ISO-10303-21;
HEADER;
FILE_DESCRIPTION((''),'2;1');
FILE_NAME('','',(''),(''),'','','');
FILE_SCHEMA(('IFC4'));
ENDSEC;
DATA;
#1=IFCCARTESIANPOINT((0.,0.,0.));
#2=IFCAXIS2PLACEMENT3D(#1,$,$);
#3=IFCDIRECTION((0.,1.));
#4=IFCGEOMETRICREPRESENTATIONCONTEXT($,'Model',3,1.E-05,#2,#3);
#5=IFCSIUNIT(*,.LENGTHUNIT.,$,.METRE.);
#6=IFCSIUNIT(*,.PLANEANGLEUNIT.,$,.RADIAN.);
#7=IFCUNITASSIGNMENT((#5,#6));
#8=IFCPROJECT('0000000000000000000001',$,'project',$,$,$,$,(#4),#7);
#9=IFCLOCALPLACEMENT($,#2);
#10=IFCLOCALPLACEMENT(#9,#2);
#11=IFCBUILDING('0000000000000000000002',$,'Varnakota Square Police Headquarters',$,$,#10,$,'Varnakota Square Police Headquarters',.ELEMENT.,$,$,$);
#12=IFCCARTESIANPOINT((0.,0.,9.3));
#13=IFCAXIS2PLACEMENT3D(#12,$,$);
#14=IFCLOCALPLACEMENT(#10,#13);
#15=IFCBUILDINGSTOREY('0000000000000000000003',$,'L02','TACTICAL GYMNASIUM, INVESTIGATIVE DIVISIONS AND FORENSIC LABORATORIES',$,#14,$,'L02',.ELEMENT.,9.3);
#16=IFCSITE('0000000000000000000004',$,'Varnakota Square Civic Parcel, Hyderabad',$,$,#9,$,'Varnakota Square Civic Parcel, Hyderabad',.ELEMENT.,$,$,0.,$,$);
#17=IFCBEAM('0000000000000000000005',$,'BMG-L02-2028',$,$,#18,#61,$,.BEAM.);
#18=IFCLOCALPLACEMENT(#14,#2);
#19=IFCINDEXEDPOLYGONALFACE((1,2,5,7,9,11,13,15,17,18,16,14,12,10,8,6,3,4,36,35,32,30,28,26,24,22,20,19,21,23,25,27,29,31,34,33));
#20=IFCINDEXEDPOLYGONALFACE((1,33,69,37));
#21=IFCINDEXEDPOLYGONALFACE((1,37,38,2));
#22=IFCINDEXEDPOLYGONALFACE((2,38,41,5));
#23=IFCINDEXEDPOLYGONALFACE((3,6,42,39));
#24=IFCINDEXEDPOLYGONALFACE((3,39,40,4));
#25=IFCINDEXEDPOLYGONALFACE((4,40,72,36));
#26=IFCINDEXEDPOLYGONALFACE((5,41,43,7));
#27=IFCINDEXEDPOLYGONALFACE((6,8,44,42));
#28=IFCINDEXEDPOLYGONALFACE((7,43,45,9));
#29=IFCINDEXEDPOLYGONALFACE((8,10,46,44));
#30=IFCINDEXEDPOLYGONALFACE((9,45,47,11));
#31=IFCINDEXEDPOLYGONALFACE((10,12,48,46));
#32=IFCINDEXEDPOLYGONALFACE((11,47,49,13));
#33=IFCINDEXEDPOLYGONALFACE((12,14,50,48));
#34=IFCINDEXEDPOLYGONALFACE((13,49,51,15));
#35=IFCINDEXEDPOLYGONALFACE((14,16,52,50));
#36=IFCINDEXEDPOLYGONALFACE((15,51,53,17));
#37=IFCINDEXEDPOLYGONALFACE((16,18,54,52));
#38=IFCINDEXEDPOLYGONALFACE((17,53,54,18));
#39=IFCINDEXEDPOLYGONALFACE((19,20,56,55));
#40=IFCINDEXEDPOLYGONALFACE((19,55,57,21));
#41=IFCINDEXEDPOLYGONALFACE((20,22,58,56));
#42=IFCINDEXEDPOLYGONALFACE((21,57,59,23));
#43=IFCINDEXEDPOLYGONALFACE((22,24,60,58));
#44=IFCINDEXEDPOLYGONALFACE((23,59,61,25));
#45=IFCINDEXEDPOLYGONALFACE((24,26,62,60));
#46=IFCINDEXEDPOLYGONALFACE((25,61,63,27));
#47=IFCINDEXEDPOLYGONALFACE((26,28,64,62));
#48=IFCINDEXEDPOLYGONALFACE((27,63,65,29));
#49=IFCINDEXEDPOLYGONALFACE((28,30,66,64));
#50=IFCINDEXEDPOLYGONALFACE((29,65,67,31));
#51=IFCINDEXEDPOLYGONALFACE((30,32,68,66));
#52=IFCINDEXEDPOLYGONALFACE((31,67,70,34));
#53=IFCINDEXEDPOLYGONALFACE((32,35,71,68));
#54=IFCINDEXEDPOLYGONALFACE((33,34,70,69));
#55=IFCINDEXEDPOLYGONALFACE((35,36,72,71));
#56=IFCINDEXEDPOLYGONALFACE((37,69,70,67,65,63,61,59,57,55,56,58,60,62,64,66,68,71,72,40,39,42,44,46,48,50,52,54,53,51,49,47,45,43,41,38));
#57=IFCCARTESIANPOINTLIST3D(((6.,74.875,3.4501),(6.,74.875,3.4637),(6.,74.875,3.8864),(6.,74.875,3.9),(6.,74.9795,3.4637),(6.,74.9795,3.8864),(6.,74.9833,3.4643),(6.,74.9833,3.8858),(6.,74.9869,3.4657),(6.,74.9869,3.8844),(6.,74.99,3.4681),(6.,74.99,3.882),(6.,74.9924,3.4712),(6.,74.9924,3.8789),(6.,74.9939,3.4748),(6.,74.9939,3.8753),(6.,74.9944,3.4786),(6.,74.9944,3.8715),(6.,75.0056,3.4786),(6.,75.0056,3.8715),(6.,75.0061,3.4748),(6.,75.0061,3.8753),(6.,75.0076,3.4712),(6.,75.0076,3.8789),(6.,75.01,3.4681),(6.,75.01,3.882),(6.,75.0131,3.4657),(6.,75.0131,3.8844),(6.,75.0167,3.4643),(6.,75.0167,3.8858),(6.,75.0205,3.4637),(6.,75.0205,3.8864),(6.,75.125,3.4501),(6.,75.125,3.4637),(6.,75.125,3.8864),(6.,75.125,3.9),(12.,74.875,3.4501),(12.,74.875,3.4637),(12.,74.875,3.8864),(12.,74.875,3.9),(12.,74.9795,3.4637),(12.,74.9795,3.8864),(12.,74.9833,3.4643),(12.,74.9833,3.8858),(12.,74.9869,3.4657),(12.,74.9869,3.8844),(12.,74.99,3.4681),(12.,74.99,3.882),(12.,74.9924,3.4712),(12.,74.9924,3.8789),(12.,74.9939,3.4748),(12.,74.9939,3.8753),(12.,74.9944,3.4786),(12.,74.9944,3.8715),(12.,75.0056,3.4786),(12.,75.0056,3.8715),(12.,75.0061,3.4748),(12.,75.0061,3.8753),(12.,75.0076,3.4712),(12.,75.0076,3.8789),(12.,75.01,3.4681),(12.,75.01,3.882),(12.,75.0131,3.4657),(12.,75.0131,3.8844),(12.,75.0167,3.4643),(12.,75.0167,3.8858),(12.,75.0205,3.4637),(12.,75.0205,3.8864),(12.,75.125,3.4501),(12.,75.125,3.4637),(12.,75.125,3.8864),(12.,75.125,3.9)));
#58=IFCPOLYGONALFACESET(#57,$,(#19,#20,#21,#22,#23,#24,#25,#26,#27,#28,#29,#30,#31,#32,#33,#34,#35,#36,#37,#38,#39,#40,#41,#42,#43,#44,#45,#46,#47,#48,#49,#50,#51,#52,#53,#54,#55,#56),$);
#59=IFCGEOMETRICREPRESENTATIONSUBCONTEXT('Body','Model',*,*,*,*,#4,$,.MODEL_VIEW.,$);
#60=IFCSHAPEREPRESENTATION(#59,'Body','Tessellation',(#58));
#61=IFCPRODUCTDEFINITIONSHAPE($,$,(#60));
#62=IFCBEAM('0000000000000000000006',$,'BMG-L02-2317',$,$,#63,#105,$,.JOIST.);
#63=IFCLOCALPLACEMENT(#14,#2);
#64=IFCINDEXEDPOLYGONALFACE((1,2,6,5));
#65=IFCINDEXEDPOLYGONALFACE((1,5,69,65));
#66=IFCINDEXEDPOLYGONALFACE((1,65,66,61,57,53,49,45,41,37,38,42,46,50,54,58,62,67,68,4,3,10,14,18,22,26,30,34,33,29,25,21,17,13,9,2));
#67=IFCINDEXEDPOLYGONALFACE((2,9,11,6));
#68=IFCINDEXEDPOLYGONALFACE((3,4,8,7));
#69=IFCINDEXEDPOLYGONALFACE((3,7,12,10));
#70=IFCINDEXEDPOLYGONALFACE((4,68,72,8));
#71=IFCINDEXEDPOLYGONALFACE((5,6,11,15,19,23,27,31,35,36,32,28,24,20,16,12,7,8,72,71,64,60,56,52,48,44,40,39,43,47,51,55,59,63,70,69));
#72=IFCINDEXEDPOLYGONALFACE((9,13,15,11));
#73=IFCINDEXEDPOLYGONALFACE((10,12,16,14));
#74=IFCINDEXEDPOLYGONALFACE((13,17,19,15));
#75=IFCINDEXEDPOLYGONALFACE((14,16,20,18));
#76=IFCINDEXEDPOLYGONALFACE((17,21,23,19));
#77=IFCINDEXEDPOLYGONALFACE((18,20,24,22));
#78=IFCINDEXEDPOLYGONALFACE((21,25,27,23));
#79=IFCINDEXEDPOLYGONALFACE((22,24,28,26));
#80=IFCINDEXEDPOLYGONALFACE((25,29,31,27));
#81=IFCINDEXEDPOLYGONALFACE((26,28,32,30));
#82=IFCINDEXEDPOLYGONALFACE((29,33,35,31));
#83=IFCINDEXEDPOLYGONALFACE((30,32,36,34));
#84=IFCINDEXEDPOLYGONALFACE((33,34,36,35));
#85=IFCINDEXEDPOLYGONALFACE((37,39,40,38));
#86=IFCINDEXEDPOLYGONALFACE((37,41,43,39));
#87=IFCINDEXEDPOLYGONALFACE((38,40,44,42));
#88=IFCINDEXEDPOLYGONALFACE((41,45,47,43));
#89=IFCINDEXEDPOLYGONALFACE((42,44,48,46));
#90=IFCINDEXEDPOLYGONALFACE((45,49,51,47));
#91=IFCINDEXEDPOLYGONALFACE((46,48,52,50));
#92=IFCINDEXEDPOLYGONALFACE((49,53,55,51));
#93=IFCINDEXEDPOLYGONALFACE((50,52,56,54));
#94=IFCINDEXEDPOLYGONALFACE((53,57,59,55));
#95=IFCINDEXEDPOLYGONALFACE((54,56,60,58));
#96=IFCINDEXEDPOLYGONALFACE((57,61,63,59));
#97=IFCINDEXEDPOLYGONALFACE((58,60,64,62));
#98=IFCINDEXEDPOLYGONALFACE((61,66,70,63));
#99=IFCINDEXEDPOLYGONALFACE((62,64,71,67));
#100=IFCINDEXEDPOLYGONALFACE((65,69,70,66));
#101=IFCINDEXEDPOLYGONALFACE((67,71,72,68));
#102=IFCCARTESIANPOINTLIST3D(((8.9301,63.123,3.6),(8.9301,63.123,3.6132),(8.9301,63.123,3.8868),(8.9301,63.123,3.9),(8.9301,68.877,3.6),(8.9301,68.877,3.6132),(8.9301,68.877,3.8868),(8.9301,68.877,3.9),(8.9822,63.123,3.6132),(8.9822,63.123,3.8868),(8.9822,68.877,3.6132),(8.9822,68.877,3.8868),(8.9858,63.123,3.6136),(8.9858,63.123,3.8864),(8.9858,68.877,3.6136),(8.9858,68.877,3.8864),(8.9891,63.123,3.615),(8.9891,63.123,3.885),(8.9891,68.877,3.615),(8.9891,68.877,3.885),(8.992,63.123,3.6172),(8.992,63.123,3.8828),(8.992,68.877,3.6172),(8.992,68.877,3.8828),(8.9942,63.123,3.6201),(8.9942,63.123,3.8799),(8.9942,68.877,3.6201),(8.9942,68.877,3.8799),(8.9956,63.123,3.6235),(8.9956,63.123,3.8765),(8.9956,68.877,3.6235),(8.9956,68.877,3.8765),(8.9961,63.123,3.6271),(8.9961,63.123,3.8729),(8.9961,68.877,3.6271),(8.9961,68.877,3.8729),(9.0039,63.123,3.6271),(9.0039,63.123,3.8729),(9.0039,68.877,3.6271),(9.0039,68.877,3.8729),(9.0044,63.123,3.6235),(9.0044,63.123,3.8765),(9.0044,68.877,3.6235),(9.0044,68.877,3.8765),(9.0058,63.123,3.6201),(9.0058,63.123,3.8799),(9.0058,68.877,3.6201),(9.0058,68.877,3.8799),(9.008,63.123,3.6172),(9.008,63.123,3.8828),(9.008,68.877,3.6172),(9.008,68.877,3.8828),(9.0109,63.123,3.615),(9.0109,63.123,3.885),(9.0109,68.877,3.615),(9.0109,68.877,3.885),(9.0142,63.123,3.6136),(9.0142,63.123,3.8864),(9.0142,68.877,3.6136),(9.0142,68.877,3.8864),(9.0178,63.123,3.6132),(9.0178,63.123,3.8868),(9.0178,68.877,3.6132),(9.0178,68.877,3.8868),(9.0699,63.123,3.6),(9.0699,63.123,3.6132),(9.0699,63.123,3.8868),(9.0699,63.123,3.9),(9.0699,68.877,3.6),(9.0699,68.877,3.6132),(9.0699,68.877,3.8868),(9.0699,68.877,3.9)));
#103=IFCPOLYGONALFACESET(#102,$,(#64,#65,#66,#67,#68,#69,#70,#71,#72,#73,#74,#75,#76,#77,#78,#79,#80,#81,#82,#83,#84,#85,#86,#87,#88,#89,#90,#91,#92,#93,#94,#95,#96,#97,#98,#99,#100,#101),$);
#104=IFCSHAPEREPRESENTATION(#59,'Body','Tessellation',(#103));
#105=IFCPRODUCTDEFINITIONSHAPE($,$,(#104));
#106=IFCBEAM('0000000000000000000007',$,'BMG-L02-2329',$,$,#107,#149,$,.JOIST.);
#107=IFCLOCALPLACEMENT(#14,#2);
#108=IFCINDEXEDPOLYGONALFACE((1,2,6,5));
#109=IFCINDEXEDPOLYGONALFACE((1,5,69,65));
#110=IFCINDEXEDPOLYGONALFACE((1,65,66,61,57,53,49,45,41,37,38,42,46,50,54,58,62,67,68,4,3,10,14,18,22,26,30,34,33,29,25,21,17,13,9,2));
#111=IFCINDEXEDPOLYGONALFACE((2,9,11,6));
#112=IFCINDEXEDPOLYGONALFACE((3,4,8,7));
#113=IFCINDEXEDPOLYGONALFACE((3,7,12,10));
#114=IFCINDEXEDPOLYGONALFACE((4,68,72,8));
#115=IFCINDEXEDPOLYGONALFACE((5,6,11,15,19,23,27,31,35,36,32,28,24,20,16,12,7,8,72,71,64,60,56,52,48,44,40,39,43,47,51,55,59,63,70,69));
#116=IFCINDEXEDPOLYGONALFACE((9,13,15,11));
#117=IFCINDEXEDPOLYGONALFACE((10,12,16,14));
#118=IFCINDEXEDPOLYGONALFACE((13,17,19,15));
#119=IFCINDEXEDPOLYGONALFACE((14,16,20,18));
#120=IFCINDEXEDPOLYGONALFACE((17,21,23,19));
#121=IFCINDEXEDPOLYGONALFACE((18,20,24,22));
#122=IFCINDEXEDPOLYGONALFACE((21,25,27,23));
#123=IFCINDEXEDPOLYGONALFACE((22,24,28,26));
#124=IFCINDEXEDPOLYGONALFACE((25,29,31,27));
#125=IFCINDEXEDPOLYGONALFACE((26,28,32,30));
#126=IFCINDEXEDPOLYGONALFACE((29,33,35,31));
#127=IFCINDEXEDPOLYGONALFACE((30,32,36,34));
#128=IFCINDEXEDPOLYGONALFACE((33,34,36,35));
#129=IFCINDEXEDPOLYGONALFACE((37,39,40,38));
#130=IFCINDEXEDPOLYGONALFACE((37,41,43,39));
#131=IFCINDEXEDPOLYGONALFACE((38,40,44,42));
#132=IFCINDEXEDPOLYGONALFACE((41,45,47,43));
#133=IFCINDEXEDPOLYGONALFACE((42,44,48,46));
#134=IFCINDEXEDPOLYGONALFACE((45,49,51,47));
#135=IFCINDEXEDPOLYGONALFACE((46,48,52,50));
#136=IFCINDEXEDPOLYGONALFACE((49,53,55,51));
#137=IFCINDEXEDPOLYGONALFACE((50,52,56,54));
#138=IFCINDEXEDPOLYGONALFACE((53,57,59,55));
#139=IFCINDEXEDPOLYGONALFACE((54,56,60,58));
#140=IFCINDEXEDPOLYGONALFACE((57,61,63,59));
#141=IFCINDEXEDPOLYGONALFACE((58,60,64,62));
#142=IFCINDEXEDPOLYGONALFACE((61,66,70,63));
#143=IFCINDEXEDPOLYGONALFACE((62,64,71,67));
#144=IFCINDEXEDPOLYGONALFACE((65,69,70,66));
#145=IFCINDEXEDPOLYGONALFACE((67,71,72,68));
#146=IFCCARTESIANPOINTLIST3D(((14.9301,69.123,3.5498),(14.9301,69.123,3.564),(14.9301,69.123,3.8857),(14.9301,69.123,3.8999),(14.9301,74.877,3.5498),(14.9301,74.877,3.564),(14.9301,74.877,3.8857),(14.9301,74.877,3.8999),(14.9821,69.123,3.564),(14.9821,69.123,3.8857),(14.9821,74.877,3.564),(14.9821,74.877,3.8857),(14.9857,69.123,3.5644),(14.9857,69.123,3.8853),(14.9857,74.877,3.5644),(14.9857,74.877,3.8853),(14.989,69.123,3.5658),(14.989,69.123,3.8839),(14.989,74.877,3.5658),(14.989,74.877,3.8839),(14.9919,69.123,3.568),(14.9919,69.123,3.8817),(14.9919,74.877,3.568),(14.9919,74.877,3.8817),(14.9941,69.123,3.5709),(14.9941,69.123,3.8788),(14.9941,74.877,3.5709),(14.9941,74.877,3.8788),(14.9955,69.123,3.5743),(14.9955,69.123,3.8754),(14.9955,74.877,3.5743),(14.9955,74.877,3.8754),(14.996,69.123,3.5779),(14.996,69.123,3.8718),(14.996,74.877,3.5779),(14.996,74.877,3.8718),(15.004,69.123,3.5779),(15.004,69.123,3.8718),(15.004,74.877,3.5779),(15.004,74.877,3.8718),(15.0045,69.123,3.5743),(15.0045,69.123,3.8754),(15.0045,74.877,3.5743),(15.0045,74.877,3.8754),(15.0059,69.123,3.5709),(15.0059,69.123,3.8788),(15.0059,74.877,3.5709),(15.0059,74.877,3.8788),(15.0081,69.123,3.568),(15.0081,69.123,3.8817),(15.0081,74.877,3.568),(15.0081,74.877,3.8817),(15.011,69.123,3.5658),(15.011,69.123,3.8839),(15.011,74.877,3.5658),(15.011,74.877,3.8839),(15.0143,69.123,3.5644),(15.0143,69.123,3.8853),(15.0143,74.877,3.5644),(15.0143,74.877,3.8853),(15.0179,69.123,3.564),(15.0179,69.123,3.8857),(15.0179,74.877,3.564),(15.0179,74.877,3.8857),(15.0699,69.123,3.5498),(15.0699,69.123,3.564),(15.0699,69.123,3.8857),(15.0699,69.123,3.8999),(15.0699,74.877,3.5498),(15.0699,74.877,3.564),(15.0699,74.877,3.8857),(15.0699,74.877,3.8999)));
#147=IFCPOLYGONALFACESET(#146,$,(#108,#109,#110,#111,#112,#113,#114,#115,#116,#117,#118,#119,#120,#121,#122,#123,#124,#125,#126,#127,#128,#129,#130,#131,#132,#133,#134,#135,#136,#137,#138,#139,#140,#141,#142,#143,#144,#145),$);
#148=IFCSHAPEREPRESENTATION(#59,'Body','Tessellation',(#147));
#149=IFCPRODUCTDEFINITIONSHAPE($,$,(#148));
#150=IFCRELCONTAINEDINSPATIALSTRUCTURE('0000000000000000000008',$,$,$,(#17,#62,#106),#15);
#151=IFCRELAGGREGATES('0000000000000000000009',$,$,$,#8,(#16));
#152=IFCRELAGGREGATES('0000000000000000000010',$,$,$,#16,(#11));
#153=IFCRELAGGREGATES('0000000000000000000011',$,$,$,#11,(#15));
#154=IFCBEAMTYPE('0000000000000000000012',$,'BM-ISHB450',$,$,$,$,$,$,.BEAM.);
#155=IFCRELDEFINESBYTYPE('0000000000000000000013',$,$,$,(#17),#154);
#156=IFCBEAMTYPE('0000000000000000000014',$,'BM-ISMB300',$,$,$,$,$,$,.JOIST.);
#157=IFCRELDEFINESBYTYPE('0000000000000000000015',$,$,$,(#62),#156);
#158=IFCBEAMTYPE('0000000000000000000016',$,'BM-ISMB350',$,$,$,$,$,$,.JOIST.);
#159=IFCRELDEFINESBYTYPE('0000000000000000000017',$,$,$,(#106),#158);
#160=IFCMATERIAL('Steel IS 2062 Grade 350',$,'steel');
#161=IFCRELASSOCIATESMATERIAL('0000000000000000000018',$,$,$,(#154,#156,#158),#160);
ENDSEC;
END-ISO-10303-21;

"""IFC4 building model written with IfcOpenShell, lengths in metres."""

from ifc_helpers import new_model, si_unit, direction, frame, origin, origin_2d, place, context, subcontext, project, spatial, i_section, extrude, material, material_profile, profile_set, type_object, element, save


model = new_model("IFC4")

# Units and contexts
model_context = context("Model", 3, precision=1e-05, world=origin(), true_north=direction((0.0, 1.0)))
body_context = subcontext(model_context, "Body", "Model", "MODEL_VIEW")
ifc_project = project(units=[si_unit("LENGTHUNIT", "METRE"), si_unit("PLANEANGLEUNIT", "RADIAN")], contexts=[model_context])

# Site, building, storey
site_placement = place(None, origin())
site = spatial("IfcSite", under=ifc_project, at=site_placement, Name="Varnakota Square Civic Parcel, Hyderabad", LongName="Varnakota Square Civic Parcel, Hyderabad", CompositionType="ELEMENT", RefElevation=0.0)
building_placement = place(site_placement, origin())
building = spatial("IfcBuilding", under=site, at=building_placement, Name="Varnakota Square Police Headquarters", LongName="Varnakota Square Police Headquarters", CompositionType="ELEMENT")
storey_placement = place(building_placement, frame((0.0, 0.0, 9.3)))
storey = spatial("IfcBuildingStorey", under=building, at=storey_placement, Name="L02", Description="TACTICAL GYMNASIUM, INVESTIGATIVE DIVISIONS AND FORENSIC LABORATORIES", LongName="L02", CompositionType="ELEMENT", Elevation=9.3)

# Shared definitions
ifc_material_1 = material(Name="Steel IS 2062 Grade 350", Category="steel")

# Beams
ifc_material_profile_1 = material_profile(ifc_material_1, i_section(OverallWidth=0.25, OverallDepth=0.45, WebThickness=0.0112, FlangeThickness=0.0137, FilletRadius=0.0149, at=origin_2d()), Name="ISHB 450")
ifc_profile_set_1 = profile_set([ifc_material_profile_1], Name="Steel IS 2062 Grade 350")
beam_type_1 = type_object("IfcBeamType", Name="BM-ISHB450", PredefinedType="BEAM", material=ifc_profile_set_1)
for number, where, z_axis, x_axis, name in (
    (1, (6.0, 75.0, 3.675), (1.0, 0.0, 0.0), (0.0, 1.0, 0.0), "BMG-L02-2028"),
):
    element("IfcBeam", number, at=place(storey_placement, frame(where, z_axis=z_axis, x_axis=x_axis)), inside=storey, type_object=beam_type_1, Name=name, PredefinedType="BEAM", context=body_context, shape_type="SweptSolid", body=[
        extrude(i_section(OverallWidth=0.25, OverallDepth=0.45, WebThickness=0.0112, FlangeThickness=0.0137, FilletRadius=0.0149, at=origin_2d()), origin(), (0.0, 0.0, 1.0), 6.0),
    ])
ifc_material_profile_2 = material_profile(ifc_material_1, i_section(OverallWidth=0.1399, OverallDepth=0.3, WebThickness=0.0078, FlangeThickness=0.0132, FilletRadius=0.0139, at=origin_2d()), Name="ISMB 300")
ifc_profile_set_2 = profile_set([ifc_material_profile_2], Name="Steel IS 2062 Grade 350")
beam_type_2 = type_object("IfcBeamType", Name="BM-ISMB300", PredefinedType="JOIST", material=ifc_profile_set_2)
beam_1_placement = place(storey_placement, frame((9.0, 63.123, 3.75), z_axis=(0.0, 1.0, 0.0), x_axis=(-1.0, 0.0, 0.0)))
element("IfcBeam", 2, at=beam_1_placement, inside=storey, type_object=beam_type_2, Name="BMG-L02-2317", PredefinedType="JOIST", context=body_context, shape_type="SweptSolid", body=[
    extrude(i_section(OverallWidth=0.1399, OverallDepth=0.3, WebThickness=0.0078, FlangeThickness=0.0132, FilletRadius=0.0139, at=origin_2d()), origin(), (0.0, 0.0, 1.0), 5.7539),
])
ifc_material_profile_3 = material_profile(ifc_material_1, i_section(OverallWidth=0.1399, OverallDepth=0.3501, WebThickness=0.0081, FlangeThickness=0.0142, FilletRadius=0.0139, at=origin_2d()), Name="ISMB 350")
ifc_profile_set_3 = profile_set([ifc_material_profile_3], Name="Steel IS 2062 Grade 350")
beam_type_3 = type_object("IfcBeamType", Name="BM-ISMB350", PredefinedType="JOIST", material=ifc_profile_set_3)
beam_2_placement = place(storey_placement, frame((15.0, 69.123, 3.7249), z_axis=(0.0, 1.0, 0.0), x_axis=(-1.0, 0.0, 0.0)))
element("IfcBeam", 3, at=beam_2_placement, inside=storey, type_object=beam_type_3, Name="BMG-L02-2329", PredefinedType="JOIST", context=body_context, shape_type="SweptSolid", body=[
    extrude(i_section(OverallWidth=0.1399, OverallDepth=0.3501, WebThickness=0.0081, FlangeThickness=0.0142, FilletRadius=0.0139, at=origin_2d()), origin(), (0.0, 0.0, 1.0), 5.7539),
])

save(model, "model.ifc")
